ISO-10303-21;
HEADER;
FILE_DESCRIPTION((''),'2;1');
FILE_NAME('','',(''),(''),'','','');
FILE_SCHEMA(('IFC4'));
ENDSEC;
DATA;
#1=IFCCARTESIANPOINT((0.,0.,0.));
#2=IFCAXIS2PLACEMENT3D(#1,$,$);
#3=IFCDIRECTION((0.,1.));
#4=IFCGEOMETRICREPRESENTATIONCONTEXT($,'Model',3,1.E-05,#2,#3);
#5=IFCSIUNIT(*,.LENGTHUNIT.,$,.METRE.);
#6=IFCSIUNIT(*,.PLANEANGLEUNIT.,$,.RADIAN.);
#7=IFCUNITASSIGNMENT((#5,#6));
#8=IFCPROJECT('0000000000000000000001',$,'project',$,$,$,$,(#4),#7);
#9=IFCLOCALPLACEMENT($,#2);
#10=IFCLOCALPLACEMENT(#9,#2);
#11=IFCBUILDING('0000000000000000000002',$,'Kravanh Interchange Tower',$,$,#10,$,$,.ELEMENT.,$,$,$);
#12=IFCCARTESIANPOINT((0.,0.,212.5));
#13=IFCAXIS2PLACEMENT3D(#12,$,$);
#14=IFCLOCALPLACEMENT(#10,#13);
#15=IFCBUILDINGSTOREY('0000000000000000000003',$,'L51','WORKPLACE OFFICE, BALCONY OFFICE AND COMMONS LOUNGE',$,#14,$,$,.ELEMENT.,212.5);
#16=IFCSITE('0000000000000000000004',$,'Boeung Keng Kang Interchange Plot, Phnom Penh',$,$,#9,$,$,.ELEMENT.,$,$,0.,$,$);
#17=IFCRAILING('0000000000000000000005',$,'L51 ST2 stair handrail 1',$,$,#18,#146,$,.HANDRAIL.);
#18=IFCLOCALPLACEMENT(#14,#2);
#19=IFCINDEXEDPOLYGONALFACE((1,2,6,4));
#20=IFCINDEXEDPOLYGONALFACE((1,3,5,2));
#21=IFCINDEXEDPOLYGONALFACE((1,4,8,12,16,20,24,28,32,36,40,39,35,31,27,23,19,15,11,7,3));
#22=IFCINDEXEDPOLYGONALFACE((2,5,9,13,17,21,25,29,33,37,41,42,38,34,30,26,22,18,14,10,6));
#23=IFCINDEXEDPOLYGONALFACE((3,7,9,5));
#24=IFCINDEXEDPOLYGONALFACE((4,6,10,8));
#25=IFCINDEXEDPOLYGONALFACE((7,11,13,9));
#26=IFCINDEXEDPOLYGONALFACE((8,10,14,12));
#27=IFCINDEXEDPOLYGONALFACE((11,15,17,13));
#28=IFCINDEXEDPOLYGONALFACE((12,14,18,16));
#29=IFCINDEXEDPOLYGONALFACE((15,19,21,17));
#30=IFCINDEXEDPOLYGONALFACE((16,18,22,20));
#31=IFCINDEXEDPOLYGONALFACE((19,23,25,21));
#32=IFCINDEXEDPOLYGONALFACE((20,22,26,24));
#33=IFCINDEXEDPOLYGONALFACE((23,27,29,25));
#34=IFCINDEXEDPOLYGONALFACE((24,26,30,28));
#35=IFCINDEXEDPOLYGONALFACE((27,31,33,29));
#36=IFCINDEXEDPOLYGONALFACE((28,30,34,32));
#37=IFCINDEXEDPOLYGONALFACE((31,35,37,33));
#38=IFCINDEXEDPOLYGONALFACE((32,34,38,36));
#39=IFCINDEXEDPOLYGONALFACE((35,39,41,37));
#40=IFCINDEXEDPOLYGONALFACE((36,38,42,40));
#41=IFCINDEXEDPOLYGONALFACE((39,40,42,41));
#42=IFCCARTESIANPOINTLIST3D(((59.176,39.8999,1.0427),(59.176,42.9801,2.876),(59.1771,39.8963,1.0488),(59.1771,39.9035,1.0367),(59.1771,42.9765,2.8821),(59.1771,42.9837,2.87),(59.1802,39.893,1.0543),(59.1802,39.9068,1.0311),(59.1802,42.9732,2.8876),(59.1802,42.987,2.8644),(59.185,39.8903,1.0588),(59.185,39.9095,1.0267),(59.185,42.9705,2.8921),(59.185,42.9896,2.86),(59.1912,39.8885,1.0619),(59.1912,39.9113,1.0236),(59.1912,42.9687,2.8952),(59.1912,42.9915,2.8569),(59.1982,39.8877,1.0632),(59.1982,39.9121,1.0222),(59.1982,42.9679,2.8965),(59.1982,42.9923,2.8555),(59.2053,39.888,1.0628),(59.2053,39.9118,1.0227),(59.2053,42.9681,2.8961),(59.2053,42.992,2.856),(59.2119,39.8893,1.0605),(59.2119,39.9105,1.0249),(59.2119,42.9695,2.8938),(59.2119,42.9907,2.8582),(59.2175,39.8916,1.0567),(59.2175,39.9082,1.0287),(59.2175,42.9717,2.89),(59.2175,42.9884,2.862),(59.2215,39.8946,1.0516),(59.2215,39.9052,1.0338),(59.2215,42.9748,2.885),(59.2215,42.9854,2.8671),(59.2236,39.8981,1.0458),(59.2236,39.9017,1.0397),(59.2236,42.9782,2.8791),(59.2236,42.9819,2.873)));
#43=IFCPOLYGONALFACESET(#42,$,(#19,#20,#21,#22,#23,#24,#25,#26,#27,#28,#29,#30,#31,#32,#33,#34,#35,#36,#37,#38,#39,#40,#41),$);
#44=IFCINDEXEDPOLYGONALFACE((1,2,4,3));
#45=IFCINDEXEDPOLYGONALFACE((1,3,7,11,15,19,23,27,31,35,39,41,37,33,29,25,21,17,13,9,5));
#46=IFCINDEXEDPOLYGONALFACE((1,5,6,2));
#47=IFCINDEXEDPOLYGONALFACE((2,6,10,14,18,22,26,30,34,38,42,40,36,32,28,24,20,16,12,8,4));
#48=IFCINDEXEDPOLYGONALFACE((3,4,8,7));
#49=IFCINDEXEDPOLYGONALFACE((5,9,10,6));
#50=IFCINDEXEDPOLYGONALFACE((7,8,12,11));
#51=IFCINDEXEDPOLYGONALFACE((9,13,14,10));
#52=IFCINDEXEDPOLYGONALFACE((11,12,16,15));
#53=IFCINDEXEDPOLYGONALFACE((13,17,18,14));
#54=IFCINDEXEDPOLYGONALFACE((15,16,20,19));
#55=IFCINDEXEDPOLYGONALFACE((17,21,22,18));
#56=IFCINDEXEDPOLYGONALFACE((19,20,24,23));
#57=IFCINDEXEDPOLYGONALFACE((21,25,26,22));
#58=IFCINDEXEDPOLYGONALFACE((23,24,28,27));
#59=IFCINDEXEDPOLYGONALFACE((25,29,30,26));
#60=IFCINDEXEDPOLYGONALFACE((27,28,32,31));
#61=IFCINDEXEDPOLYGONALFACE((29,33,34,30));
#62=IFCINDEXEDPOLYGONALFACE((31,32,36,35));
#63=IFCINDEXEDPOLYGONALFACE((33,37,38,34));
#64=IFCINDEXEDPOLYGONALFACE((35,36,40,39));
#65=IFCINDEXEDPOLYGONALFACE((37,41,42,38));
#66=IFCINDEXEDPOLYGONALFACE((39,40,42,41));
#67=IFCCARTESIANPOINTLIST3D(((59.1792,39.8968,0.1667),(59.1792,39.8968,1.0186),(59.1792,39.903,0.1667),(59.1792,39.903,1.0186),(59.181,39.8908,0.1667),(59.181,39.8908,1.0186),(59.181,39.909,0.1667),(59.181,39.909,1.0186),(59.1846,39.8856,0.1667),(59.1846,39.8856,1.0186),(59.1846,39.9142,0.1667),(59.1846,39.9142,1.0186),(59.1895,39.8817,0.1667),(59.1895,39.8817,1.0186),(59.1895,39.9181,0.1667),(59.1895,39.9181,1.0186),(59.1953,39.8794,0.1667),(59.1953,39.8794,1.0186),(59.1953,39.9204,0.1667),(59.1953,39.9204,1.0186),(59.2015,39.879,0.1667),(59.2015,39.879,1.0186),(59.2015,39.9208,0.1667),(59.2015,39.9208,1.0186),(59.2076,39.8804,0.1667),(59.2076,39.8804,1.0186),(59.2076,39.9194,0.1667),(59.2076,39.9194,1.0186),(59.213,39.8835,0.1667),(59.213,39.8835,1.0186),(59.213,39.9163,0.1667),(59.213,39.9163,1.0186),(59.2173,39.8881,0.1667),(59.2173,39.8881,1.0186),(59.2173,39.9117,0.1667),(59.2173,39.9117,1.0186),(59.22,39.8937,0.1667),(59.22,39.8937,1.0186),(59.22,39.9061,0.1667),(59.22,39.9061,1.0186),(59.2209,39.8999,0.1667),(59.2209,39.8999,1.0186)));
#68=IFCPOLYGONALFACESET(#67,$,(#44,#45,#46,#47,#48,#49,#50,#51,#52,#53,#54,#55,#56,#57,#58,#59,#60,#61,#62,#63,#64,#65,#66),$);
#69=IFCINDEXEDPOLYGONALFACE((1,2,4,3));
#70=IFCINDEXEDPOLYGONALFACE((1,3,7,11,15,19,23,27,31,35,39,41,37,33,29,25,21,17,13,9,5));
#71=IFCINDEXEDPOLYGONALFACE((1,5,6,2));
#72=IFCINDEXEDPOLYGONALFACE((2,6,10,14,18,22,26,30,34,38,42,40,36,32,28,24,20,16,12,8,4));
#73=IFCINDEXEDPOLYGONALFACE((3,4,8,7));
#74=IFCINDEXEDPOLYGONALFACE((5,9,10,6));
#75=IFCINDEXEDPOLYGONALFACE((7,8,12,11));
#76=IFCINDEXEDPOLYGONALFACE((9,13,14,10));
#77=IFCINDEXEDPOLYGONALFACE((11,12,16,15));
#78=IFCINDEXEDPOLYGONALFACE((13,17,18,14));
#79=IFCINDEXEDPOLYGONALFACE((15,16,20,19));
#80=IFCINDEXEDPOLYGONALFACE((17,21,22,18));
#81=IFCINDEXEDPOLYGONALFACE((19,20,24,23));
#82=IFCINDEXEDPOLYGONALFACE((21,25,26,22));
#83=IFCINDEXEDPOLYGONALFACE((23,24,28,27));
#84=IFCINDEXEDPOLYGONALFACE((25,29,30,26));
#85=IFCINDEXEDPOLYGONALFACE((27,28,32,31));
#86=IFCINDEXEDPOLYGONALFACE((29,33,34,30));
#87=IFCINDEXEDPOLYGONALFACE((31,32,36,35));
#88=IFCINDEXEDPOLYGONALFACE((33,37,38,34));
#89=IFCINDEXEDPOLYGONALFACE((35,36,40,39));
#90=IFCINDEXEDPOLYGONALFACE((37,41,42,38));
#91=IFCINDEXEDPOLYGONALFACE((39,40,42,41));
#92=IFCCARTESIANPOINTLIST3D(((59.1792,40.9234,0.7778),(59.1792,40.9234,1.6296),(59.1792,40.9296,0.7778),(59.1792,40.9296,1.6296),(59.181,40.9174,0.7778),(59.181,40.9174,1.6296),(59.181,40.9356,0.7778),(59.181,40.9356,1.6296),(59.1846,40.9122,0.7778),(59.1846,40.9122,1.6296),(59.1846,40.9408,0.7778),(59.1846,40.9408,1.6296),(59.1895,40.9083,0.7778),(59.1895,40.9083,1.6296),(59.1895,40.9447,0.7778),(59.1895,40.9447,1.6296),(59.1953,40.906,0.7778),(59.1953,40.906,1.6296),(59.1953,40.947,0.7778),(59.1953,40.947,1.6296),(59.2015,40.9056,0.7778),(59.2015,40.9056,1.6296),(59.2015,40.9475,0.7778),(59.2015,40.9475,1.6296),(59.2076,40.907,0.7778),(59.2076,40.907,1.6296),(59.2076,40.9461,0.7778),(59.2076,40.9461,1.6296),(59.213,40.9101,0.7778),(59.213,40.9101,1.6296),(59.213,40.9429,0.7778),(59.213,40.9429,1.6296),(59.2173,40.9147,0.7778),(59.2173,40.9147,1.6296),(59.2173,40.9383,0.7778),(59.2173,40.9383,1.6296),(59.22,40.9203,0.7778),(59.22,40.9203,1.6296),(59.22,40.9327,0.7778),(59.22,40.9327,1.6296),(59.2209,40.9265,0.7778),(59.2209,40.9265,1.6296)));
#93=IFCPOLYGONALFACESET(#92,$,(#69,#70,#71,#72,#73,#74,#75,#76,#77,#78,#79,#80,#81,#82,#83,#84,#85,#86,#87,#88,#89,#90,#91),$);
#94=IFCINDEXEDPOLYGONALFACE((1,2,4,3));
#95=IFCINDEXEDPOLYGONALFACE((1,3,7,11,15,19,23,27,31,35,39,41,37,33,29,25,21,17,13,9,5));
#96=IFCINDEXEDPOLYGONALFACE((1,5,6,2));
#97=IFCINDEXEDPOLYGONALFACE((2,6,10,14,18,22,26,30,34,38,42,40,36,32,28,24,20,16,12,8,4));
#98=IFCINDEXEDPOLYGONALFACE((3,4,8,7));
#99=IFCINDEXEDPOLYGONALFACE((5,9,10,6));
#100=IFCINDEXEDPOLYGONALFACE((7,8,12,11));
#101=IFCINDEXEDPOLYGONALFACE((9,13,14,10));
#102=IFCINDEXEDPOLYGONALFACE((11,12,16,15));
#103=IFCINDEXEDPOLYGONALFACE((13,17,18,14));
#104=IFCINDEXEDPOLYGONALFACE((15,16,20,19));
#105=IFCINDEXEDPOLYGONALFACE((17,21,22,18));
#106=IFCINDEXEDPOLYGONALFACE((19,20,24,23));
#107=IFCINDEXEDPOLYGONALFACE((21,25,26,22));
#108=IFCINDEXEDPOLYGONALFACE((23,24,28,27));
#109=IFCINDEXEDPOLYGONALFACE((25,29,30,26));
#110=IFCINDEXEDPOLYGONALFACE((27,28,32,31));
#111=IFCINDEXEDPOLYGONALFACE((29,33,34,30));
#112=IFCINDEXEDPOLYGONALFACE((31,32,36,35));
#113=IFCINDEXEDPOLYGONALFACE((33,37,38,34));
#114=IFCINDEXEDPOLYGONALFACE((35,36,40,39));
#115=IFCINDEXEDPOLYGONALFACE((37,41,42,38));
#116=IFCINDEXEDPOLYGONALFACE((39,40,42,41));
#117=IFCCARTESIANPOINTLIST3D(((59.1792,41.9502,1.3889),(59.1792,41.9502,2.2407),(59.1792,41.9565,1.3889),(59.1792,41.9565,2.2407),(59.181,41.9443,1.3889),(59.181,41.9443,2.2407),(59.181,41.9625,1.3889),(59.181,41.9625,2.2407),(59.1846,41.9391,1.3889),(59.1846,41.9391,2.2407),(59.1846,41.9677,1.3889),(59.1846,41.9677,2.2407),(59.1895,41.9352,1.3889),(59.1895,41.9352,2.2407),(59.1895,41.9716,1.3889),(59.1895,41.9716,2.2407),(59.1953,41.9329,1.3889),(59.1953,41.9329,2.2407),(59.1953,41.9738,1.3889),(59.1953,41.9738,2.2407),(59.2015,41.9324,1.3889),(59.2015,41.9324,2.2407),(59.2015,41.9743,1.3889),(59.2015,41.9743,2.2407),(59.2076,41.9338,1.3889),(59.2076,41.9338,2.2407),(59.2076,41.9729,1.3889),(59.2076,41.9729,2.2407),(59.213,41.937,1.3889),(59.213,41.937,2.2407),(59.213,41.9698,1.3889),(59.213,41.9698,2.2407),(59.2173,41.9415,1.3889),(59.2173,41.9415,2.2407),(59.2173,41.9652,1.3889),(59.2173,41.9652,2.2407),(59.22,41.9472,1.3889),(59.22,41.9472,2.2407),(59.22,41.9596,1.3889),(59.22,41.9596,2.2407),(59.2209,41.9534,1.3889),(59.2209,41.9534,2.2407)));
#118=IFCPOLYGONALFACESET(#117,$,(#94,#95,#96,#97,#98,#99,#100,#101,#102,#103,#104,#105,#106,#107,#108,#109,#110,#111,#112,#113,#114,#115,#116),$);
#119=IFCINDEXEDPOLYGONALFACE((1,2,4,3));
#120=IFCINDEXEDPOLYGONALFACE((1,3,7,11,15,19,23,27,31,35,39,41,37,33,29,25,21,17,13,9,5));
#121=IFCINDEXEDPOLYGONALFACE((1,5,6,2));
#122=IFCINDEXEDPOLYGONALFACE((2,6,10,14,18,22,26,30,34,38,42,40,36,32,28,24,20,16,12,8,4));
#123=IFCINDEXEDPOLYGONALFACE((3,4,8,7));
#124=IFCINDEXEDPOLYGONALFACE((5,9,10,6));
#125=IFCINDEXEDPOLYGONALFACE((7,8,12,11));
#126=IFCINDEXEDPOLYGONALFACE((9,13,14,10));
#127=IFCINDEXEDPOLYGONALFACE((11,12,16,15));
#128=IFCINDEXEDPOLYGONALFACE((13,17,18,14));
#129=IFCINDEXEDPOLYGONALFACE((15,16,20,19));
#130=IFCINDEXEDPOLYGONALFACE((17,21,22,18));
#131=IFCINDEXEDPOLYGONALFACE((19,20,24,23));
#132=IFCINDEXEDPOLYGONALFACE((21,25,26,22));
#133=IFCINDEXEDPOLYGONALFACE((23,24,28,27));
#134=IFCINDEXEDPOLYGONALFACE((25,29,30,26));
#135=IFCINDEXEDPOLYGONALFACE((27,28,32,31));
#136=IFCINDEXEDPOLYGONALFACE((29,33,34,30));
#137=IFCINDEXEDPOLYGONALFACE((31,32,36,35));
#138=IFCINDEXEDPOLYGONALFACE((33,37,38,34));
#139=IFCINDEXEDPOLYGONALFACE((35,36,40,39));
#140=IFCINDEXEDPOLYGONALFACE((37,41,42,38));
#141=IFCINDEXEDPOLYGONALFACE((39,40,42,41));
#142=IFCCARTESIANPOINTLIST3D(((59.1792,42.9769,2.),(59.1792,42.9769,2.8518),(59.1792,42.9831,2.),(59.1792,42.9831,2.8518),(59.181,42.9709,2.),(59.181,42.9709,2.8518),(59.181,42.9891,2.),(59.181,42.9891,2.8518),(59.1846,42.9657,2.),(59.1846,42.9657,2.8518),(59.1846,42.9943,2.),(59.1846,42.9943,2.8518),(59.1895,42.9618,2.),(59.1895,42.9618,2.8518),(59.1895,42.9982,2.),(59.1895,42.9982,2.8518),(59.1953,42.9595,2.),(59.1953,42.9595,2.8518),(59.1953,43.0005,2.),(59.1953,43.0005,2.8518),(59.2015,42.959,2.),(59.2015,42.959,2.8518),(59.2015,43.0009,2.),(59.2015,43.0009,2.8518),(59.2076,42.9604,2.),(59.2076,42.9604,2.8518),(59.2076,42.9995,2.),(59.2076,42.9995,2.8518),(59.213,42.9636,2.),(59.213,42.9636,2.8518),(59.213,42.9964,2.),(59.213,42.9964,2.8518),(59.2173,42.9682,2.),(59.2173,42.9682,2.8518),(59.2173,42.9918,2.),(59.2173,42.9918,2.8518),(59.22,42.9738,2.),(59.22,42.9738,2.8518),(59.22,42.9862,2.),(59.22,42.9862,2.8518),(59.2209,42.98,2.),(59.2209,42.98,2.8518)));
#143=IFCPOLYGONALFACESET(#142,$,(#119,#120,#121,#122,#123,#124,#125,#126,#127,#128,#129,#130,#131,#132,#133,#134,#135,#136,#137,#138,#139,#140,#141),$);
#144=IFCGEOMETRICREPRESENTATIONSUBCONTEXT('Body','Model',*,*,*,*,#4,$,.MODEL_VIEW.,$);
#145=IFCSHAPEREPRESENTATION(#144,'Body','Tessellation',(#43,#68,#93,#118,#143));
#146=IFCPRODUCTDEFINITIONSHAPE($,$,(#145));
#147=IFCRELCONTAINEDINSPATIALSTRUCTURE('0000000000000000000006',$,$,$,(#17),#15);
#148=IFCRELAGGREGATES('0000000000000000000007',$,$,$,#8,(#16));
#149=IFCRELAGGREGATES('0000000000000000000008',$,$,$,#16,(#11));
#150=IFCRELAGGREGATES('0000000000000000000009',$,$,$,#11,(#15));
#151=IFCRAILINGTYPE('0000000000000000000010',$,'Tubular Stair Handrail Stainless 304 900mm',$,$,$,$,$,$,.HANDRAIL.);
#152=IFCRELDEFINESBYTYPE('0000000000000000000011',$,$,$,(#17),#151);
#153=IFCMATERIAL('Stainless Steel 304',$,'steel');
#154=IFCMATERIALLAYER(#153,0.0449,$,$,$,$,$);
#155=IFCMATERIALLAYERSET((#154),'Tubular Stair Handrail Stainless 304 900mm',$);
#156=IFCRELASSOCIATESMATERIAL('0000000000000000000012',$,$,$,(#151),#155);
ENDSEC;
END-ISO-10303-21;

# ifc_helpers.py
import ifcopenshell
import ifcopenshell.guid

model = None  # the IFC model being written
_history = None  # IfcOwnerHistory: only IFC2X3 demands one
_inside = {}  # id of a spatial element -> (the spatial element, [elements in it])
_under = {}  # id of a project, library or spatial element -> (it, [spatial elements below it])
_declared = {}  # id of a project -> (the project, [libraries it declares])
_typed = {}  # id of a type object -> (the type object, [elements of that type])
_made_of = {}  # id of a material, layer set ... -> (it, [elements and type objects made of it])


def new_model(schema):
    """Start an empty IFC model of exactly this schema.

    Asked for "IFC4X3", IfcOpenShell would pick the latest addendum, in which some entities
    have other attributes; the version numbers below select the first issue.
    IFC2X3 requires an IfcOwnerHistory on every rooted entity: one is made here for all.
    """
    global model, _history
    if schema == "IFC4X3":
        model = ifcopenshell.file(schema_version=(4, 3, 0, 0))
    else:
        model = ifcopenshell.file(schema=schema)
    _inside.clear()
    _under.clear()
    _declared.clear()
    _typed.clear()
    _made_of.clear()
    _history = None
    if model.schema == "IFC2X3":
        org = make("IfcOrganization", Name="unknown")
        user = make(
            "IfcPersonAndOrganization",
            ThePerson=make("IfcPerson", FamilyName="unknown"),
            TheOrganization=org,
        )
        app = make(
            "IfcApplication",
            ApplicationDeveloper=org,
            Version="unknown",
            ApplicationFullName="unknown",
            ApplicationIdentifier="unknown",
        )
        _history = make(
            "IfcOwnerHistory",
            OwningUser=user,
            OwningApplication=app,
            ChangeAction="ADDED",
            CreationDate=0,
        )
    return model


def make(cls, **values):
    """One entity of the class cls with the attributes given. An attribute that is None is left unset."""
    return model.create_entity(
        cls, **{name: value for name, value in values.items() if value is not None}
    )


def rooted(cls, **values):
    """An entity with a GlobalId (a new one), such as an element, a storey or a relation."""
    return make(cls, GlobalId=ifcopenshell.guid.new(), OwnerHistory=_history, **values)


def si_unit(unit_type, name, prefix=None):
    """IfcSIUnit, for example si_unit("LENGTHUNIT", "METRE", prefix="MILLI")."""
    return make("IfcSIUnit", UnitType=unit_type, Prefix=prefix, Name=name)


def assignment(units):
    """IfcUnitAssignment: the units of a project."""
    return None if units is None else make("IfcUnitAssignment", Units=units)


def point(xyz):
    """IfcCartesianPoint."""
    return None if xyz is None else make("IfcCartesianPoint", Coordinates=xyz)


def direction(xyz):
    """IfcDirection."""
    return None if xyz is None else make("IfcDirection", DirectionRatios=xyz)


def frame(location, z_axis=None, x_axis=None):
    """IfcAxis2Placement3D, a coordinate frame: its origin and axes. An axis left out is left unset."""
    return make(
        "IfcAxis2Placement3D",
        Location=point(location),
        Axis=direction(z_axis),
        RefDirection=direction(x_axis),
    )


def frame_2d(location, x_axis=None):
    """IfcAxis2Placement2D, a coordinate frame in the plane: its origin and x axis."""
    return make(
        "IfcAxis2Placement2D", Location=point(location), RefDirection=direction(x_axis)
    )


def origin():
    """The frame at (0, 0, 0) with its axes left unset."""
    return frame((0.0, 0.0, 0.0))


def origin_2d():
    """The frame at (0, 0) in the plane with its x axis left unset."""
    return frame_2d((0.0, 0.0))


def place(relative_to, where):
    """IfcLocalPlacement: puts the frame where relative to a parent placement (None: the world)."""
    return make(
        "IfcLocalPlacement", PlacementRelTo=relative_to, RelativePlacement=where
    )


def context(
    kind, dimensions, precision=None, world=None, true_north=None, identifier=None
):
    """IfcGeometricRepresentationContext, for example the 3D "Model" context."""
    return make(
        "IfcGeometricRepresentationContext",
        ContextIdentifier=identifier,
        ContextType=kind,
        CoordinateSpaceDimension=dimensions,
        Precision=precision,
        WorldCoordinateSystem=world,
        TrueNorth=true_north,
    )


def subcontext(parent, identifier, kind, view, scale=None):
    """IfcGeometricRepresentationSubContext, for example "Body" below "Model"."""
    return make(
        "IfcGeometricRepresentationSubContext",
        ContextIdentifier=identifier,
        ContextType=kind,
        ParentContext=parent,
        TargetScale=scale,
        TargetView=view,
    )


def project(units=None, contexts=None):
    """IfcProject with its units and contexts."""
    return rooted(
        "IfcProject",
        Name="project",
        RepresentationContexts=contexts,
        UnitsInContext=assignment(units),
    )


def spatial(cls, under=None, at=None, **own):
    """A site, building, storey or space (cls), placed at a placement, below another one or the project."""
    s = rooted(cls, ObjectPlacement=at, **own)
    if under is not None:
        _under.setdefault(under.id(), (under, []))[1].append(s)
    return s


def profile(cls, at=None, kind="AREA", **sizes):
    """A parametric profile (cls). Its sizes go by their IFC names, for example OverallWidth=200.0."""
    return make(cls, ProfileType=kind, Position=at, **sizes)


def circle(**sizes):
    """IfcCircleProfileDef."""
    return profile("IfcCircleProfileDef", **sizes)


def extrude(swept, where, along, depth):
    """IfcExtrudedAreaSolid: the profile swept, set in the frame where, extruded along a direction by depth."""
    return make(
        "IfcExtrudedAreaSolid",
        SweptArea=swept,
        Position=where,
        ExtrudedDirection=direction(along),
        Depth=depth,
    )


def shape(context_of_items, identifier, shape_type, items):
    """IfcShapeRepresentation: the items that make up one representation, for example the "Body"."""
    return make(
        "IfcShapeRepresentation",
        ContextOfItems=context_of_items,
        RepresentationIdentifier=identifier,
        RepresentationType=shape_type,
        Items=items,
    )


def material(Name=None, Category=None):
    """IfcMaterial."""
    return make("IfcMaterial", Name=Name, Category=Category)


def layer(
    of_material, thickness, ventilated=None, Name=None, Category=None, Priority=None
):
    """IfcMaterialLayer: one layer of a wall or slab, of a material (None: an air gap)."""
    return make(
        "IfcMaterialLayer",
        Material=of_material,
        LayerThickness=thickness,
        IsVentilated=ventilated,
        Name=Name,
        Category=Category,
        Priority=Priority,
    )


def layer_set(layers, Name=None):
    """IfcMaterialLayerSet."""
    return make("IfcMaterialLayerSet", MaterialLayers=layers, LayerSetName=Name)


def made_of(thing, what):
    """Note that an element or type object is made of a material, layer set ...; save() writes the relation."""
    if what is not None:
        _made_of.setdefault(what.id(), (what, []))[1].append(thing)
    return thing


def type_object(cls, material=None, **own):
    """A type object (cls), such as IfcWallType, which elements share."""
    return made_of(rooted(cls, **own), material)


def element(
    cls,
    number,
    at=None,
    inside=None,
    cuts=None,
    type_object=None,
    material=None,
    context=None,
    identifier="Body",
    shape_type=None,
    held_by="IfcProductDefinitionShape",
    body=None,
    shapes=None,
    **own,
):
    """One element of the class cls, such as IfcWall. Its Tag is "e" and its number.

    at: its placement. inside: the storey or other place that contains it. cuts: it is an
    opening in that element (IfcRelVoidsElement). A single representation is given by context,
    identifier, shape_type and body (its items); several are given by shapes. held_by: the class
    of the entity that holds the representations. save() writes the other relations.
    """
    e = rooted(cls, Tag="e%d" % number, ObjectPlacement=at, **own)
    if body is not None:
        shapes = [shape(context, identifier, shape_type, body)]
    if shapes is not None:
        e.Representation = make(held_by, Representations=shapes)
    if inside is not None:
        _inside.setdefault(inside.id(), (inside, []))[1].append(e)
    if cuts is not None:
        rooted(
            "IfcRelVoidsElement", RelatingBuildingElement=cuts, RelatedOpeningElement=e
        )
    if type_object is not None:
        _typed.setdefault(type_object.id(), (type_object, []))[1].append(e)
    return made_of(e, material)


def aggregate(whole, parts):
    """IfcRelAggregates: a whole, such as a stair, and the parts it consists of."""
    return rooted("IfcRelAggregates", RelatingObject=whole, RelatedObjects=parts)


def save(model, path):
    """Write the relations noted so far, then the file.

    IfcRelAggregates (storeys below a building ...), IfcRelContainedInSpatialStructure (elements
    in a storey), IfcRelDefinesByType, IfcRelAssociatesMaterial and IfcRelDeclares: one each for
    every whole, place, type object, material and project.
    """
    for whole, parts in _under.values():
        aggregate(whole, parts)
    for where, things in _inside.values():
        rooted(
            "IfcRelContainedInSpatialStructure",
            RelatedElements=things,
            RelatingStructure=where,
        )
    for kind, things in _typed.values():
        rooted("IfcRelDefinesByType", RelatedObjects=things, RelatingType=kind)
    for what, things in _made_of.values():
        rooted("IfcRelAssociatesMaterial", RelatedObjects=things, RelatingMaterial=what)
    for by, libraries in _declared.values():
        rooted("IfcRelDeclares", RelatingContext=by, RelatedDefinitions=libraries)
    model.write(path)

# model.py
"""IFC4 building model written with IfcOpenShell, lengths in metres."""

from ifc_helpers import new_model, si_unit, direction, frame, origin, origin_2d, place, context, subcontext, project, spatial, circle, extrude, material, layer, layer_set, type_object, element, save


model = new_model("IFC4")

# Units and contexts
model_context = context("Model", 3, precision=1e-05, world=origin(), true_north=direction((0.0, 1.0)))
body_context = subcontext(model_context, "Body", "Model", "MODEL_VIEW")
ifc_project = project(units=[si_unit("LENGTHUNIT", "METRE"), si_unit("PLANEANGLEUNIT", "RADIAN")], contexts=[model_context])

# Site, building, storey
site_placement = place(None, origin())
site = spatial("IfcSite", under=ifc_project, at=site_placement, Name="Boeung Keng Kang Interchange Plot, Phnom Penh", CompositionType="ELEMENT", RefElevation=0.0)
building_placement = place(site_placement, origin())
building = spatial("IfcBuilding", under=site, at=building_placement, Name="Kravanh Interchange Tower", CompositionType="ELEMENT")
storey_placement = place(building_placement, frame((0.0, 0.0, 212.5)))
storey = spatial("IfcBuildingStorey", under=building, at=storey_placement, Name="L51", Description="WORKPLACE OFFICE, BALCONY OFFICE AND COMMONS LOUNGE", CompositionType="ELEMENT", Elevation=212.5)

# Railing
ifc_material_1 = material(Name="Stainless Steel 304", Category="steel")
ifc_layer_1 = layer(ifc_material_1, 0.0449)
ifc_layer_set_1 = layer_set([ifc_layer_1], Name="Tubular Stair Handrail Stainless 304 900mm")
railing_type_1 = type_object("IfcRailingType", Name="Tubular Stair Handrail Stainless 304 900mm", PredefinedType="HANDRAIL", material=ifc_layer_set_1)
railing_1_placement = place(storey_placement, frame((59.2, 39.8999, 0.1667)))
element("IfcRailing", 1, at=railing_1_placement, inside=storey, type_object=railing_type_1, Name="L51 ST2 stair handrail 1", PredefinedType="HANDRAIL", context=body_context, shape_type="SweptSolid", body=[
    extrude(circle(Radius=0.0239, at=origin_2d()), frame((0.0, 0.0, 0.876), z_axis=(0.0, 0.859309, 0.511458), x_axis=(-1.0, 0.0, 0.0)), (0.0, 0.0, 1.0), 3.5845),
    extrude(circle(Radius=0.021, at=origin_2d()), origin(), (0.0, 0.0, 1.0), 0.8518),
    extrude(circle(Radius=0.021, at=origin_2d()), frame((0.0, 1.0266, 0.6111)), (0.0, 0.0, 1.0), 0.8518),
    extrude(circle(Radius=0.021, at=origin_2d()), frame((0.0, 2.0535, 1.2222)), (0.0, 0.0, 1.0), 0.8518),
    extrude(circle(Radius=0.021, at=origin_2d()), frame((0.0, 3.0801, 1.8333)), (0.0, 0.0, 1.0), 0.8518),
])

save(model, "model.ifc")
